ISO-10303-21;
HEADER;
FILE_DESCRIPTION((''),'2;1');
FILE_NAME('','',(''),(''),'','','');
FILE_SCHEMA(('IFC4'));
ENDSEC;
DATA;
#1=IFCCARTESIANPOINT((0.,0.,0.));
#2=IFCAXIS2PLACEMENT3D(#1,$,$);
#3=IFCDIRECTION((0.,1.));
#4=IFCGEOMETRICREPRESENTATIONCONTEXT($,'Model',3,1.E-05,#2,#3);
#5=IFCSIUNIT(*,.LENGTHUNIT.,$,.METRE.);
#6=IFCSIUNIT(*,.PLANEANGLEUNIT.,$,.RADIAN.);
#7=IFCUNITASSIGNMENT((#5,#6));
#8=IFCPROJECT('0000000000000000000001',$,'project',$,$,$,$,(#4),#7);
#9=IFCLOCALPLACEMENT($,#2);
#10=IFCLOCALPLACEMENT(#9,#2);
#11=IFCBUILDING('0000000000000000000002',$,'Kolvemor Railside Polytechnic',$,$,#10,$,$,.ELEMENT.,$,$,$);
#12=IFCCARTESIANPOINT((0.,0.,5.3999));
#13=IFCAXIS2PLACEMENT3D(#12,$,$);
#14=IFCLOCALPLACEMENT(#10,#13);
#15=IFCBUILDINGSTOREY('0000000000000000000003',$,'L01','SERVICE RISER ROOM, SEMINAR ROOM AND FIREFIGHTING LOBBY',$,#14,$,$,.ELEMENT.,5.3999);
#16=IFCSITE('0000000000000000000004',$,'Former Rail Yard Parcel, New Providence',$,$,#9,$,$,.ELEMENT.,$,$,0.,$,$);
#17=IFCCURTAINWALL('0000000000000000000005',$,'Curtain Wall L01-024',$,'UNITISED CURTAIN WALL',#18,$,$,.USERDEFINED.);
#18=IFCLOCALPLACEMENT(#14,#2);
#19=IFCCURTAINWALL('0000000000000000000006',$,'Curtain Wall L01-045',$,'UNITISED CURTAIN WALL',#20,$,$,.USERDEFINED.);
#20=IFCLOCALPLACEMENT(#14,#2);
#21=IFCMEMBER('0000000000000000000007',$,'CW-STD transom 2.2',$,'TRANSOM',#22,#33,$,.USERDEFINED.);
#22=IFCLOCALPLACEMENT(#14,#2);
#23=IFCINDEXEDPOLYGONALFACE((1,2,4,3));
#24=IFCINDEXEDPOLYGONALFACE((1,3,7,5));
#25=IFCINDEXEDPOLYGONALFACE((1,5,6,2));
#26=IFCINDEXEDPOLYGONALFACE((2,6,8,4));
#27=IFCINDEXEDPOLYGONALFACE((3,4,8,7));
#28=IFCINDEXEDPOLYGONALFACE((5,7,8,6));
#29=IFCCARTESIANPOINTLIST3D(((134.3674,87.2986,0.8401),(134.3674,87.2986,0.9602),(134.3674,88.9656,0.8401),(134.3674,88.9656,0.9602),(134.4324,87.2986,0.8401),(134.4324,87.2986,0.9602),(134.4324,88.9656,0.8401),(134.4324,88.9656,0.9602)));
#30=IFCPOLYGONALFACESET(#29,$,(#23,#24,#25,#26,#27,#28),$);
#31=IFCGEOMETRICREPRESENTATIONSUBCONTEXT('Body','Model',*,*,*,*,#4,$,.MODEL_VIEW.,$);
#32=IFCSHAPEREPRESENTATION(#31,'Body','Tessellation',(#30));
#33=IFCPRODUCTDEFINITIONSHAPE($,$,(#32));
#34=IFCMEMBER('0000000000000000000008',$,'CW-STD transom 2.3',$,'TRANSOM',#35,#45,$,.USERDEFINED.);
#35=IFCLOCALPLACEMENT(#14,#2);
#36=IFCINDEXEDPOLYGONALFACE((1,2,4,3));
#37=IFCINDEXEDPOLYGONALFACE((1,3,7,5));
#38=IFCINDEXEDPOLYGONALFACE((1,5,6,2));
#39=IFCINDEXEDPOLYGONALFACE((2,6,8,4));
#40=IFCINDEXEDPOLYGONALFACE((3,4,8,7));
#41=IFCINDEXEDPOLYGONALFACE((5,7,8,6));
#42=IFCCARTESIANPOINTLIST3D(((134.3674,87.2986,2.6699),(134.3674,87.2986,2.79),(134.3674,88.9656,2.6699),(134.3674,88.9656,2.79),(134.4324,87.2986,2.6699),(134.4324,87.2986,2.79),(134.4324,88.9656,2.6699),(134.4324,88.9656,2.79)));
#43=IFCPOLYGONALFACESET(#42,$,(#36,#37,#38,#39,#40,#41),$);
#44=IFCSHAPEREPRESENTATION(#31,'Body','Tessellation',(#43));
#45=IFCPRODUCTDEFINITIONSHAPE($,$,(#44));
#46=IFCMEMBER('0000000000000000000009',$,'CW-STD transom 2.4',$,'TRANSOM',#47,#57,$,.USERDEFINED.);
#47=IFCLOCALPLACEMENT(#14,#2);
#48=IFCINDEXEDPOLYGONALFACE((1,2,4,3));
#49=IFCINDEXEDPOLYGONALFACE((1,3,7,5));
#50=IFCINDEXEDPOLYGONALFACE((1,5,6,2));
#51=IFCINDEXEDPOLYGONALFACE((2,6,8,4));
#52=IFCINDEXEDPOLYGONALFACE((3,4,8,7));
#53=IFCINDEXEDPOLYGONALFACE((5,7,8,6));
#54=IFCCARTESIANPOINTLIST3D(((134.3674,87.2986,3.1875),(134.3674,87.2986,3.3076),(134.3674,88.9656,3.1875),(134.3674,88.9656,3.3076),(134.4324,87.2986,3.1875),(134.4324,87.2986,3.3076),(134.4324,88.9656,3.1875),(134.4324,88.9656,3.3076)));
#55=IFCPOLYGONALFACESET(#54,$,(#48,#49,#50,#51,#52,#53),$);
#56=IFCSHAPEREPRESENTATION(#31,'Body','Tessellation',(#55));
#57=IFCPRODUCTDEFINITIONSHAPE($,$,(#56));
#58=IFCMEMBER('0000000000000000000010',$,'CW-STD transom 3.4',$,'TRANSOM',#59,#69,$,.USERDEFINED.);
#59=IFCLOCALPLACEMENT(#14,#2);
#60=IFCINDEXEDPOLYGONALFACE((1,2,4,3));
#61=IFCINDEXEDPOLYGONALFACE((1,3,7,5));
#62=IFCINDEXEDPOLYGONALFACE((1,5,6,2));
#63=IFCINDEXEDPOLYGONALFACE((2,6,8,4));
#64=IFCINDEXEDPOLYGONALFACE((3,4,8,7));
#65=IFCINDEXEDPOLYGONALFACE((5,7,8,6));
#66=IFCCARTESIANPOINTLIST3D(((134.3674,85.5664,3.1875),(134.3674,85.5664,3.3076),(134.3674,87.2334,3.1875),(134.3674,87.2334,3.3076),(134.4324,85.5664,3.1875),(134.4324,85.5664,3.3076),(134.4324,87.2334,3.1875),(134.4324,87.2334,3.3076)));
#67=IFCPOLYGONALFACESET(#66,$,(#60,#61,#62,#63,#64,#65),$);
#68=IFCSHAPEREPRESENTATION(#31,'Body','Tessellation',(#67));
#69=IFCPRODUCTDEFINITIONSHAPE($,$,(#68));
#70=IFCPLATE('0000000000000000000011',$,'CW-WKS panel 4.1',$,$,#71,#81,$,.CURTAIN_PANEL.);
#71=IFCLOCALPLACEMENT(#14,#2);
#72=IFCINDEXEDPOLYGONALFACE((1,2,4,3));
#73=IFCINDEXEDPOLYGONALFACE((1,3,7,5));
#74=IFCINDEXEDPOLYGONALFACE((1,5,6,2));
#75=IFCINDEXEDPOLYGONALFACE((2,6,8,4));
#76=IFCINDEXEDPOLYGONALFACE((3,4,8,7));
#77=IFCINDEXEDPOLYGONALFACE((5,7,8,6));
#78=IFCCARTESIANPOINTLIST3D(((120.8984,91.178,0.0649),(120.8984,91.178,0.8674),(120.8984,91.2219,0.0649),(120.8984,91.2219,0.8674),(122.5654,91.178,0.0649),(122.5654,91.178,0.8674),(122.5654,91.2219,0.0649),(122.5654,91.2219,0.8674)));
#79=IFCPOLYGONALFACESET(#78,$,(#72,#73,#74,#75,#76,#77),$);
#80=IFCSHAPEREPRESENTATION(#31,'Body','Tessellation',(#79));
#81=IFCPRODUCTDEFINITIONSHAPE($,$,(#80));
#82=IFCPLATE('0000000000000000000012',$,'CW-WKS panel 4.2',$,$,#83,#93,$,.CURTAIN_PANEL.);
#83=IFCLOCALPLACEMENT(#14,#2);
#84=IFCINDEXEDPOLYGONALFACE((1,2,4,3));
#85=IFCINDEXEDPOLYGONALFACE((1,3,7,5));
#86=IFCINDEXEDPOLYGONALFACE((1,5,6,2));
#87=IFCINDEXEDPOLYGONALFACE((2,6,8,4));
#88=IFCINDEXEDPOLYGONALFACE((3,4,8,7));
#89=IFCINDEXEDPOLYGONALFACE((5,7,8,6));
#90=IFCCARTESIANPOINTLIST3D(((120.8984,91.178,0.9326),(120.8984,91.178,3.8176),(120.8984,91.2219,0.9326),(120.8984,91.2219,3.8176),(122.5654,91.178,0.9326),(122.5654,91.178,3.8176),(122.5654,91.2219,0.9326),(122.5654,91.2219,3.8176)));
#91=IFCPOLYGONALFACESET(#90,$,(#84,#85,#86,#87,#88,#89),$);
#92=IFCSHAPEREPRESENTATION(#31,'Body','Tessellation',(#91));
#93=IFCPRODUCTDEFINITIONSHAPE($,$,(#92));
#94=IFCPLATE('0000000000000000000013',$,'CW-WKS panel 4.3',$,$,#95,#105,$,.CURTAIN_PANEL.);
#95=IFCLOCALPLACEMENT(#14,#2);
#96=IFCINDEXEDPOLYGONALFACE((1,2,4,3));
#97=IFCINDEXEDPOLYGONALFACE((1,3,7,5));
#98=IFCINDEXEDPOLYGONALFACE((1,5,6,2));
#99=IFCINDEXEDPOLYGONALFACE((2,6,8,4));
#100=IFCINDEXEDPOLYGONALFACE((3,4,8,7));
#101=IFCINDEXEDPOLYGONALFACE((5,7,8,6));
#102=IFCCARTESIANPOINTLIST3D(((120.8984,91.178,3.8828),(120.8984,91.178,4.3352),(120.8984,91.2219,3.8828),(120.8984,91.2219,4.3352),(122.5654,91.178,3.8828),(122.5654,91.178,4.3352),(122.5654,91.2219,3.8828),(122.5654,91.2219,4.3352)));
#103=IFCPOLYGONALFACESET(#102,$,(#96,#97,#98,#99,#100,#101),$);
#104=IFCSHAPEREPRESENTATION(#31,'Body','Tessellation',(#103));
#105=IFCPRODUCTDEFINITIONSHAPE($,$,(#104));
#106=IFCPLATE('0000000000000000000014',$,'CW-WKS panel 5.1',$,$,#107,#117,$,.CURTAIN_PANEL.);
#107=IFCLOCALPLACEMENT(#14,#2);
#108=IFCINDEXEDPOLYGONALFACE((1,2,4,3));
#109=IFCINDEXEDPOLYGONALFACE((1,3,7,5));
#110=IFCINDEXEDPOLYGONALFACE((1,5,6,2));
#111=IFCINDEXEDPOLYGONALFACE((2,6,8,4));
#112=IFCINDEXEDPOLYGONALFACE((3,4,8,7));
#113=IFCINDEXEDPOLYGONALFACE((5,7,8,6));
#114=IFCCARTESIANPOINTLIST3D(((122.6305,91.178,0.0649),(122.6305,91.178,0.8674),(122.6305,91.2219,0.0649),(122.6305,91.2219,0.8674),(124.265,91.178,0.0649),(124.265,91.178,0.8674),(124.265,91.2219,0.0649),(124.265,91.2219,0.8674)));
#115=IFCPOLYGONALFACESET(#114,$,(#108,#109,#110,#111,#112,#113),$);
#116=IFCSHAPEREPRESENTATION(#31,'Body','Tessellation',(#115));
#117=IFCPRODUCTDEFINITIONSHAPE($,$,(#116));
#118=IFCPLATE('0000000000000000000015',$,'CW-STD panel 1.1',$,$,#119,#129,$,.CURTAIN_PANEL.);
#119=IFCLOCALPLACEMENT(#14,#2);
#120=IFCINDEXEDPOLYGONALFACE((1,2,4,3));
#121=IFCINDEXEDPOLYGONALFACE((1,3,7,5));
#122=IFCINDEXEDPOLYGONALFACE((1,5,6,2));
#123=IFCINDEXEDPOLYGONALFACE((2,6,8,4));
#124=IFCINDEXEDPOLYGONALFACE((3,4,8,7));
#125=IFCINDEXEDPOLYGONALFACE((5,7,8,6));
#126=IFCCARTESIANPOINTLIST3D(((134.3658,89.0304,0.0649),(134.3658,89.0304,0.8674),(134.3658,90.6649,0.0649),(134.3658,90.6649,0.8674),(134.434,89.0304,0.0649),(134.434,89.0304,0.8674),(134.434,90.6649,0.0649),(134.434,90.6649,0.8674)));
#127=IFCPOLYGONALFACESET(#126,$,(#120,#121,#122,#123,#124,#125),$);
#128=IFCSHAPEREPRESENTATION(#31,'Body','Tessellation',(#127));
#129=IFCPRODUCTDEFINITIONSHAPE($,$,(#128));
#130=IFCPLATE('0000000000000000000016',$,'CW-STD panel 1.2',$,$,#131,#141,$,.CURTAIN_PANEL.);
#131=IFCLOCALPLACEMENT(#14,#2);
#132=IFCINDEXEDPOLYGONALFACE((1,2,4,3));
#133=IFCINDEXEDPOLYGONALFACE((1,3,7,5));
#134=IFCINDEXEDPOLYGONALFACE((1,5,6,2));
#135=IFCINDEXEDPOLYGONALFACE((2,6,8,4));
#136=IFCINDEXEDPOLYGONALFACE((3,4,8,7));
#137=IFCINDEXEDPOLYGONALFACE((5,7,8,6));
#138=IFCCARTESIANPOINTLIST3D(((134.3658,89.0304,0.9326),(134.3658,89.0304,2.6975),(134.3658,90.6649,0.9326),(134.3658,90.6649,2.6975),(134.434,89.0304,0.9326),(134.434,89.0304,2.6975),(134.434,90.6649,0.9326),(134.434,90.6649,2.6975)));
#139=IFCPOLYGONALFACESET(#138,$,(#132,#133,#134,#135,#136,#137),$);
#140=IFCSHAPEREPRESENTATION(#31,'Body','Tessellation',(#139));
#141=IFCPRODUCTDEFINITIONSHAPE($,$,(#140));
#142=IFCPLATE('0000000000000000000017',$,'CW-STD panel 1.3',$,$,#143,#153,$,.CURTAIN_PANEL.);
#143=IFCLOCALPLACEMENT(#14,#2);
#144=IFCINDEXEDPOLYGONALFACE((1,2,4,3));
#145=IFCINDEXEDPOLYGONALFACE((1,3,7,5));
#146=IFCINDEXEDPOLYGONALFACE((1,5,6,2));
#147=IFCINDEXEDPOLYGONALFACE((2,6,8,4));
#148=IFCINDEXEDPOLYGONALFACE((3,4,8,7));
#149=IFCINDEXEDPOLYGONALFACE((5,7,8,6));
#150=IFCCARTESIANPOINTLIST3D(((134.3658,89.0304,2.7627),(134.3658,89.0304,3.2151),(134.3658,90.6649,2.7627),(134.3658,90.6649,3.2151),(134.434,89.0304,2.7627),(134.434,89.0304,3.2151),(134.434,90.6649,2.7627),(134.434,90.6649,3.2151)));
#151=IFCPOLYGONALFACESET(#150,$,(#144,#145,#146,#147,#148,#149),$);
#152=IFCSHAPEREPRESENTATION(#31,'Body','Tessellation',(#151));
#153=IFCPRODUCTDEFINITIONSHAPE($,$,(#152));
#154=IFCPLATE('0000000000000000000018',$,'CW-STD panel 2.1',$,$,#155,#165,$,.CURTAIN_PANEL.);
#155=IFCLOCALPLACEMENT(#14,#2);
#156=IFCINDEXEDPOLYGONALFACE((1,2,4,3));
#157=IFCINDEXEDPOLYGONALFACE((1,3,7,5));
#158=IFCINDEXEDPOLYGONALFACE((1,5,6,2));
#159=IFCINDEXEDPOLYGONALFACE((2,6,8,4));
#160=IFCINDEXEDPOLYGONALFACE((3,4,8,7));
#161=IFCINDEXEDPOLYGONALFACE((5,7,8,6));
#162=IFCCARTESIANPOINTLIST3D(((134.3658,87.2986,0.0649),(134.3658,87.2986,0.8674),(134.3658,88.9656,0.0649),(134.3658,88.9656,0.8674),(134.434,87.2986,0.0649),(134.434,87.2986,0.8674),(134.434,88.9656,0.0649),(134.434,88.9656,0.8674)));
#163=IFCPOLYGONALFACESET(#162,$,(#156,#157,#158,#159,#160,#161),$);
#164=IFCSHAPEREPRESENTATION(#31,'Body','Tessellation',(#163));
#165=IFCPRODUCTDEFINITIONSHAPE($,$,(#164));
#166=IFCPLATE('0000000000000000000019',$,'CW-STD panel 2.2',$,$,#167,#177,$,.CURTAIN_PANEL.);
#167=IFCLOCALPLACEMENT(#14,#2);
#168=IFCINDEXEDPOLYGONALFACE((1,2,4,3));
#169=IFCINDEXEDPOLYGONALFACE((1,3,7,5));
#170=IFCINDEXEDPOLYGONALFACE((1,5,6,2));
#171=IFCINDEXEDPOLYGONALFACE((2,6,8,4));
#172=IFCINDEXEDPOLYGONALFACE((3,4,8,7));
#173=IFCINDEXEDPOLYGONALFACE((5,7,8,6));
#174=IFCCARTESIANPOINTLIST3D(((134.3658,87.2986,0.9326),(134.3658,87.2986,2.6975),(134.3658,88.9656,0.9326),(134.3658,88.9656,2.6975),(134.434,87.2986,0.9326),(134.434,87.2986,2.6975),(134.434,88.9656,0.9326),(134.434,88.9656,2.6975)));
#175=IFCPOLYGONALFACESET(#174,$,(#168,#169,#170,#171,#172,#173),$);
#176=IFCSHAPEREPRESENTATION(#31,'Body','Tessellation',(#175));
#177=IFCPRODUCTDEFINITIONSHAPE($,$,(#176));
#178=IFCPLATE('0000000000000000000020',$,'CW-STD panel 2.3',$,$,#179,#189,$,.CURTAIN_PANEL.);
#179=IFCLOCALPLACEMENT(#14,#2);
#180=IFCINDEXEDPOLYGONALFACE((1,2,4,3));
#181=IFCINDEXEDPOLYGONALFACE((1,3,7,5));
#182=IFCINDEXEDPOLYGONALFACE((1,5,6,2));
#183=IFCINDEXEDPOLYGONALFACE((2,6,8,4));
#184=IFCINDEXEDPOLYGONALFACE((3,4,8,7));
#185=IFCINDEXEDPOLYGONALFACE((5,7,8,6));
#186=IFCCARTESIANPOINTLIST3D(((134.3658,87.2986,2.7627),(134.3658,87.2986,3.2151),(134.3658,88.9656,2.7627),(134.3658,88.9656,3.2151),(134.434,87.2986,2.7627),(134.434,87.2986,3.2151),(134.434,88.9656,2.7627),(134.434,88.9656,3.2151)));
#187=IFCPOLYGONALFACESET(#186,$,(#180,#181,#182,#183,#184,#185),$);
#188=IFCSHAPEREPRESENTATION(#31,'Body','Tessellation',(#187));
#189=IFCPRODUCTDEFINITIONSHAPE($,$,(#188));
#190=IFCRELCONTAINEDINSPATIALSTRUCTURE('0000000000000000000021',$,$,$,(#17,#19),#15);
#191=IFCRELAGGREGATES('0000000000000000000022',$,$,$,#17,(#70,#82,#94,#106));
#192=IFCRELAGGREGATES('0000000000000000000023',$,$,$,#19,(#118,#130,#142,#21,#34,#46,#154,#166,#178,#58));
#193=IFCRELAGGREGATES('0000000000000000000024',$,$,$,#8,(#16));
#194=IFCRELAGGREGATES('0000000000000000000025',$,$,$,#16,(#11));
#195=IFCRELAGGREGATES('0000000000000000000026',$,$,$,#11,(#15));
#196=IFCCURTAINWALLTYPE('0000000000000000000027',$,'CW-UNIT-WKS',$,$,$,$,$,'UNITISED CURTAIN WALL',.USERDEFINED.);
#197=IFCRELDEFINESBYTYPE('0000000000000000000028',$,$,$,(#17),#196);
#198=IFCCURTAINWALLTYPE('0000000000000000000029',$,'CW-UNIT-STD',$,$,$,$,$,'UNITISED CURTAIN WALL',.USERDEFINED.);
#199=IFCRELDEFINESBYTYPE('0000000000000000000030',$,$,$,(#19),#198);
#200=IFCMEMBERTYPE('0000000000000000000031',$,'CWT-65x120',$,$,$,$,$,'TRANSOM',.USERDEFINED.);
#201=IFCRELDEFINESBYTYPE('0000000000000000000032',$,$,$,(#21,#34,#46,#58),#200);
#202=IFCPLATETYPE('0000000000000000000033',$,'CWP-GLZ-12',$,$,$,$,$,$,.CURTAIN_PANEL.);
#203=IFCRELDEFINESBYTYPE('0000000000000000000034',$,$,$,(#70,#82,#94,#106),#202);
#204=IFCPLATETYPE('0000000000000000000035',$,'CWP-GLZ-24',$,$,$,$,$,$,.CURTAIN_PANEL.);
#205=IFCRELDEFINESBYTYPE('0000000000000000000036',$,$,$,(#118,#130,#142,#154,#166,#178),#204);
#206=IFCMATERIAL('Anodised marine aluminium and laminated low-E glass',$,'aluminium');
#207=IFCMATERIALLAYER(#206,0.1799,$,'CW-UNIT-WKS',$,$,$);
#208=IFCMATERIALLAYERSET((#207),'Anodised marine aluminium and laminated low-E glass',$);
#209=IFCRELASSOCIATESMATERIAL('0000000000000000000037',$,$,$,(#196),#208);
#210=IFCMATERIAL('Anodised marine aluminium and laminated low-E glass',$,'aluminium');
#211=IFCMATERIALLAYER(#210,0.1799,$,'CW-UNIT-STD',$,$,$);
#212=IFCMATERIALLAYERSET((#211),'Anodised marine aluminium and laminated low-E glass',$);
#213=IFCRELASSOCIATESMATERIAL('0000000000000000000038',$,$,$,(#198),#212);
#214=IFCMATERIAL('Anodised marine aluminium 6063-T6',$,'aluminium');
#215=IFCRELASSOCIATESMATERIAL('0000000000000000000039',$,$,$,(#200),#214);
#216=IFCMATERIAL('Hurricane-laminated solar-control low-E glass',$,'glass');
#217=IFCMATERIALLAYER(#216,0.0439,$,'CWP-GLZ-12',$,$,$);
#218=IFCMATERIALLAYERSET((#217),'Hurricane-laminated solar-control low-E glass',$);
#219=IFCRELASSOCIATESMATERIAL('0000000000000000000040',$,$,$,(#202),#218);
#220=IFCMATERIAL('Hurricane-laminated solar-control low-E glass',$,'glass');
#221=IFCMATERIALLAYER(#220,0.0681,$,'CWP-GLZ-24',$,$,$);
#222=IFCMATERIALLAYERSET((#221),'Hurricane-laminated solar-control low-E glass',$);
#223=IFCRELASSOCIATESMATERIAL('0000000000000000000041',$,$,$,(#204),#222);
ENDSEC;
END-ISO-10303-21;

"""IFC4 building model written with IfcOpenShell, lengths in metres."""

from ifc_helpers import new_model, si_unit, direction, frame, origin, origin_2d, place, context, subcontext, project, spatial, rectangle, extrude, material, layer, layer_set, material_profile, profile_set, type_object, element, aggregate, save


model = new_model("IFC4")

# Units and contexts
model_context = context("Model", 3, precision=1e-05, world=origin(), true_north=direction((0.0, 1.0)))
body_context = subcontext(model_context, "Body", "Model", "MODEL_VIEW")
ifc_project = project(units=[si_unit("LENGTHUNIT", "METRE"), si_unit("PLANEANGLEUNIT", "RADIAN")], contexts=[model_context])

# Site, building, storey
site_placement = place(None, origin())
site = spatial("IfcSite", under=ifc_project, at=site_placement, Name="Former Rail Yard Parcel, New Providence", CompositionType="ELEMENT", RefElevation=0.0)
building_placement = place(site_placement, origin())
building = spatial("IfcBuilding", under=site, at=building_placement, Name="Kolvemor Railside Polytechnic", CompositionType="ELEMENT")
storey_placement = place(building_placement, frame((0.0, 0.0, 5.3999)))
storey = spatial("IfcBuildingStorey", under=building, at=storey_placement, Name="L01", Description="SERVICE RISER ROOM, SEMINAR ROOM AND FIREFIGHTING LOBBY", CompositionType="ELEMENT", Elevation=5.3999)

# Curtain wall
ifc_material_1 = material(Name="Anodised marine aluminium and laminated low-E glass", Category="aluminium")
ifc_layer_1 = layer(ifc_material_1, 0.1799, Name="CW-UNIT-WKS")
ifc_layer_set_1 = layer_set([ifc_layer_1], Name="Anodised marine aluminium and laminated low-E glass")
curtain_wall_type_1 = type_object("IfcCurtainWallType", Name="CW-UNIT-WKS", ElementType="UNITISED CURTAIN WALL", PredefinedType="USERDEFINED", material=ifc_layer_set_1)
curtain_wall_1_placement = place(storey_placement, origin())
curtain_wall_1 = element("IfcCurtainWall", 1, at=curtain_wall_1_placement, inside=storey, type_object=curtain_wall_type_1, Name="Curtain Wall L01-024", ObjectType="UNITISED CURTAIN WALL", PredefinedType="USERDEFINED")

# Curtain wall
ifc_material_2 = material(Name="Anodised marine aluminium and laminated low-E glass", Category="aluminium")
ifc_layer_2 = layer(ifc_material_2, 0.1799, Name="CW-UNIT-STD")
ifc_layer_set_2 = layer_set([ifc_layer_2], Name="Anodised marine aluminium and laminated low-E glass")
curtain_wall_type_2 = type_object("IfcCurtainWallType", Name="CW-UNIT-STD", ElementType="UNITISED CURTAIN WALL", PredefinedType="USERDEFINED", material=ifc_layer_set_2)
curtain_wall_2_placement = place(storey_placement, origin())
curtain_wall_2 = element("IfcCurtainWall", 2, at=curtain_wall_2_placement, inside=storey, type_object=curtain_wall_type_2, Name="Curtain Wall L01-045", ObjectType="UNITISED CURTAIN WALL", PredefinedType="USERDEFINED")

# Members
ifc_material_3 = material(Name="Anodised marine aluminium 6063-T6", Category="aluminium")
ifc_material_profile_1 = material_profile(ifc_material_3, rectangle(XDim=0.0649, YDim=0.1201, at=origin_2d()), Name="CW-TRN-65x120")
ifc_profile_set_1 = profile_set([ifc_material_profile_1], Name="Anodised marine aluminium 6063-T6")
member_type_1 = type_object("IfcMemberType", Name="CWT-65x120", ElementType="TRANSOM", PredefinedType="USERDEFINED", material=ifc_profile_set_1)
member_1_placement = place(storey_placement, frame((134.3999, 88.9656, 0.9001), z_axis=(0.0, -1.0, 0.0), x_axis=(1.0, 0.0, 0.0)))
member_1 = element("IfcMember", 3, at=member_1_placement, type_object=member_type_1, Name="CW-STD transom 2.2", ObjectType="TRANSOM", PredefinedType="USERDEFINED", context=body_context, shape_type="SweptSolid", body=[
    extrude(rectangle(XDim=0.0649, YDim=0.1201, at=origin_2d()), origin(), (0.0, 0.0, 1.0), 1.667),
])
member_2_placement = place(storey_placement, frame((134.3999, 88.9656, 2.73), z_axis=(0.0, -1.0, 0.0), x_axis=(1.0, 0.0, 0.0)))
member_2 = element("IfcMember", 4, at=member_2_placement, type_object=member_type_1, Name="CW-STD transom 2.3", ObjectType="TRANSOM", PredefinedType="USERDEFINED", context=body_context, shape_type="SweptSolid", body=[
    extrude(rectangle(XDim=0.0649, YDim=0.1201, at=origin_2d()), origin(), (0.0, 0.0, 1.0), 1.667),
])
member_3_placement = place(storey_placement, frame((134.3999, 88.9656, 3.2476), z_axis=(0.0, -1.0, 0.0), x_axis=(1.0, 0.0, 0.0)))
member_3 = element("IfcMember", 5, at=member_3_placement, type_object=member_type_1, Name="CW-STD transom 2.4", ObjectType="TRANSOM", PredefinedType="USERDEFINED", context=body_context, shape_type="SweptSolid", body=[
    extrude(rectangle(XDim=0.0649, YDim=0.1201, at=origin_2d()), origin(), (0.0, 0.0, 1.0), 1.667),
])
member_4_placement = place(storey_placement, frame((134.3999, 87.2334, 3.2476), z_axis=(0.0, -1.0, 0.0), x_axis=(1.0, 0.0, 0.0)))
member_4 = element("IfcMember", 6, at=member_4_placement, type_object=member_type_1, Name="CW-STD transom 3.4", ObjectType="TRANSOM", PredefinedType="USERDEFINED", context=body_context, shape_type="SweptSolid", body=[
    extrude(rectangle(XDim=0.0649, YDim=0.1201, at=origin_2d()), origin(), (0.0, 0.0, 1.0), 1.667),
])

# Plates
ifc_material_4 = material(Name="Hurricane-laminated solar-control low-E glass", Category="glass")
ifc_layer_3 = layer(ifc_material_4, 0.0439, Name="CWP-GLZ-12")
ifc_layer_set_3 = layer_set([ifc_layer_3], Name="Hurricane-laminated solar-control low-E glass")
plate_type_1 = type_object("IfcPlateType", Name="CWP-GLZ-12", PredefinedType="CURTAIN_PANEL", material=ifc_layer_set_3)
plate_1_placement = place(storey_placement, frame((121.7319, 91.2, 0.0649), z_axis=(0.0, 0.0, 1.0), x_axis=(1.0, 0.0, 0.0)))
plate_1 = element("IfcPlate", 7, at=plate_1_placement, type_object=plate_type_1, Name="CW-WKS panel 4.1", PredefinedType="CURTAIN_PANEL", context=body_context, shape_type="SweptSolid", body=[
    extrude(rectangle(XDim=1.667, YDim=0.0439, at=origin_2d()), origin(), (0.0, 0.0, 1.0), 0.8025),
])
plate_2_placement = place(storey_placement, frame((121.7319, 91.2, 0.9326), z_axis=(0.0, 0.0, 1.0), x_axis=(1.0, 0.0, 0.0)))
plate_2 = element("IfcPlate", 8, at=plate_2_placement, type_object=plate_type_1, Name="CW-WKS panel 4.2", PredefinedType="CURTAIN_PANEL", context=body_context, shape_type="SweptSolid", body=[
    extrude(rectangle(XDim=1.667, YDim=0.0439, at=origin_2d()), origin(), (0.0, 0.0, 1.0), 2.885),
])
plate_3_placement = place(storey_placement, frame((121.7319, 91.2, 3.8828), z_axis=(0.0, 0.0, 1.0), x_axis=(1.0, 0.0, 0.0)))
plate_3 = element("IfcPlate", 9, at=plate_3_placement, type_object=plate_type_1, Name="CW-WKS panel 4.3", PredefinedType="CURTAIN_PANEL", context=body_context, shape_type="SweptSolid", body=[
    extrude(rectangle(XDim=1.667, YDim=0.0439, at=origin_2d()), origin(), (0.0, 0.0, 1.0), 0.4524),
])
plate_4_placement = place(storey_placement, frame((123.4478, 91.2, 0.0649), z_axis=(0.0, 0.0, 1.0), x_axis=(1.0, 0.0, 0.0)))
plate_4 = element("IfcPlate", 10, at=plate_4_placement, type_object=plate_type_1, Name="CW-WKS panel 5.1", PredefinedType="CURTAIN_PANEL", context=body_context, shape_type="SweptSolid", body=[
    extrude(rectangle(XDim=1.6345, YDim=0.0439, at=origin_2d()), origin(), (0.0, 0.0, 1.0), 0.8025),
])
aggregate(curtain_wall_1, [plate_1, plate_2, plate_3, plate_4])
ifc_material_5 = material(Name="Hurricane-laminated solar-control low-E glass", Category="glass")
ifc_layer_4 = layer(ifc_material_5, 0.0681, Name="CWP-GLZ-24")
ifc_layer_set_4 = layer_set([ifc_layer_4], Name="Hurricane-laminated solar-control low-E glass")
plate_type_2 = type_object("IfcPlateType", Name="CWP-GLZ-24", PredefinedType="CURTAIN_PANEL", material=ifc_layer_set_4)
plate_5_placement = place(storey_placement, frame((134.3999, 89.8477, 0.0649), z_axis=(0.0, 0.0, 1.0), x_axis=(0.0, -1.0, 0.0)))
plate_5 = element("IfcPlate", 11, at=plate_5_placement, type_object=plate_type_2, Name="CW-STD panel 1.1", PredefinedType="CURTAIN_PANEL", context=body_context, shape_type="SweptSolid", body=[
    extrude(rectangle(XDim=1.6345, YDim=0.0681, at=origin_2d()), origin(), (0.0, 0.0, 1.0), 0.8025),
])
plate_6_placement = place(storey_placement, frame((134.3999, 89.8477, 0.9326), z_axis=(0.0, 0.0, 1.0), x_axis=(0.0, -1.0, 0.0)))
plate_6 = element("IfcPlate", 12, at=plate_6_placement, type_object=plate_type_2, Name="CW-STD panel 1.2", PredefinedType="CURTAIN_PANEL", context=body_context, shape_type="SweptSolid", body=[
    extrude(rectangle(XDim=1.6345, YDim=0.0681, at=origin_2d()), origin(), (0.0, 0.0, 1.0), 1.7649),
])
plate_7_placement = place(storey_placement, frame((134.3999, 89.8477, 2.7627), z_axis=(0.0, 0.0, 1.0), x_axis=(0.0, -1.0, 0.0)))
plate_7 = element("IfcPlate", 13, at=plate_7_placement, type_object=plate_type_2, Name="CW-STD panel 1.3", PredefinedType="CURTAIN_PANEL", context=body_context, shape_type="SweptSolid", body=[
    extrude(rectangle(XDim=1.6345, YDim=0.0681, at=origin_2d()), origin(), (0.0, 0.0, 1.0), 0.4524),
])
plate_8_placement = place(storey_placement, frame((134.3999, 88.1321, 0.0649), z_axis=(0.0, 0.0, 1.0), x_axis=(0.0, -1.0, 0.0)))
plate_8 = element("IfcPlate", 14, at=plate_8_placement, type_object=plate_type_2, Name="CW-STD panel 2.1", PredefinedType="CURTAIN_PANEL", context=body_context, shape_type="SweptSolid", body=[
    extrude(rectangle(XDim=1.667, YDim=0.0681, at=origin_2d()), origin(), (0.0, 0.0, 1.0), 0.8025),
])
plate_9_placement = place(storey_placement, frame((134.3999, 88.1321, 0.9326), z_axis=(0.0, 0.0, 1.0), x_axis=(0.0, -1.0, 0.0)))
plate_9 = element("IfcPlate", 15, at=plate_9_placement, type_object=plate_type_2, Name="CW-STD panel 2.2", PredefinedType="CURTAIN_PANEL", context=body_context, shape_type="SweptSolid", body=[
    extrude(rectangle(XDim=1.667, YDim=0.0681, at=origin_2d()), origin(), (0.0, 0.0, 1.0), 1.7649),
])
plate_10_placement = place(storey_placement, frame((134.3999, 88.1321, 2.7627), z_axis=(0.0, 0.0, 1.0), x_axis=(0.0, -1.0, 0.0)))
plate_10 = element("IfcPlate", 16, at=plate_10_placement, type_object=plate_type_2, Name="CW-STD panel 2.3", PredefinedType="CURTAIN_PANEL", context=body_context, shape_type="SweptSolid", body=[
    extrude(rectangle(XDim=1.667, YDim=0.0681, at=origin_2d()), origin(), (0.0, 0.0, 1.0), 0.4524),
])
aggregate(curtain_wall_2, [plate_5, plate_6, plate_7, member_1, member_2, member_3, plate_8, plate_9, plate_10, member_4])

save(model, "model.ifc")
